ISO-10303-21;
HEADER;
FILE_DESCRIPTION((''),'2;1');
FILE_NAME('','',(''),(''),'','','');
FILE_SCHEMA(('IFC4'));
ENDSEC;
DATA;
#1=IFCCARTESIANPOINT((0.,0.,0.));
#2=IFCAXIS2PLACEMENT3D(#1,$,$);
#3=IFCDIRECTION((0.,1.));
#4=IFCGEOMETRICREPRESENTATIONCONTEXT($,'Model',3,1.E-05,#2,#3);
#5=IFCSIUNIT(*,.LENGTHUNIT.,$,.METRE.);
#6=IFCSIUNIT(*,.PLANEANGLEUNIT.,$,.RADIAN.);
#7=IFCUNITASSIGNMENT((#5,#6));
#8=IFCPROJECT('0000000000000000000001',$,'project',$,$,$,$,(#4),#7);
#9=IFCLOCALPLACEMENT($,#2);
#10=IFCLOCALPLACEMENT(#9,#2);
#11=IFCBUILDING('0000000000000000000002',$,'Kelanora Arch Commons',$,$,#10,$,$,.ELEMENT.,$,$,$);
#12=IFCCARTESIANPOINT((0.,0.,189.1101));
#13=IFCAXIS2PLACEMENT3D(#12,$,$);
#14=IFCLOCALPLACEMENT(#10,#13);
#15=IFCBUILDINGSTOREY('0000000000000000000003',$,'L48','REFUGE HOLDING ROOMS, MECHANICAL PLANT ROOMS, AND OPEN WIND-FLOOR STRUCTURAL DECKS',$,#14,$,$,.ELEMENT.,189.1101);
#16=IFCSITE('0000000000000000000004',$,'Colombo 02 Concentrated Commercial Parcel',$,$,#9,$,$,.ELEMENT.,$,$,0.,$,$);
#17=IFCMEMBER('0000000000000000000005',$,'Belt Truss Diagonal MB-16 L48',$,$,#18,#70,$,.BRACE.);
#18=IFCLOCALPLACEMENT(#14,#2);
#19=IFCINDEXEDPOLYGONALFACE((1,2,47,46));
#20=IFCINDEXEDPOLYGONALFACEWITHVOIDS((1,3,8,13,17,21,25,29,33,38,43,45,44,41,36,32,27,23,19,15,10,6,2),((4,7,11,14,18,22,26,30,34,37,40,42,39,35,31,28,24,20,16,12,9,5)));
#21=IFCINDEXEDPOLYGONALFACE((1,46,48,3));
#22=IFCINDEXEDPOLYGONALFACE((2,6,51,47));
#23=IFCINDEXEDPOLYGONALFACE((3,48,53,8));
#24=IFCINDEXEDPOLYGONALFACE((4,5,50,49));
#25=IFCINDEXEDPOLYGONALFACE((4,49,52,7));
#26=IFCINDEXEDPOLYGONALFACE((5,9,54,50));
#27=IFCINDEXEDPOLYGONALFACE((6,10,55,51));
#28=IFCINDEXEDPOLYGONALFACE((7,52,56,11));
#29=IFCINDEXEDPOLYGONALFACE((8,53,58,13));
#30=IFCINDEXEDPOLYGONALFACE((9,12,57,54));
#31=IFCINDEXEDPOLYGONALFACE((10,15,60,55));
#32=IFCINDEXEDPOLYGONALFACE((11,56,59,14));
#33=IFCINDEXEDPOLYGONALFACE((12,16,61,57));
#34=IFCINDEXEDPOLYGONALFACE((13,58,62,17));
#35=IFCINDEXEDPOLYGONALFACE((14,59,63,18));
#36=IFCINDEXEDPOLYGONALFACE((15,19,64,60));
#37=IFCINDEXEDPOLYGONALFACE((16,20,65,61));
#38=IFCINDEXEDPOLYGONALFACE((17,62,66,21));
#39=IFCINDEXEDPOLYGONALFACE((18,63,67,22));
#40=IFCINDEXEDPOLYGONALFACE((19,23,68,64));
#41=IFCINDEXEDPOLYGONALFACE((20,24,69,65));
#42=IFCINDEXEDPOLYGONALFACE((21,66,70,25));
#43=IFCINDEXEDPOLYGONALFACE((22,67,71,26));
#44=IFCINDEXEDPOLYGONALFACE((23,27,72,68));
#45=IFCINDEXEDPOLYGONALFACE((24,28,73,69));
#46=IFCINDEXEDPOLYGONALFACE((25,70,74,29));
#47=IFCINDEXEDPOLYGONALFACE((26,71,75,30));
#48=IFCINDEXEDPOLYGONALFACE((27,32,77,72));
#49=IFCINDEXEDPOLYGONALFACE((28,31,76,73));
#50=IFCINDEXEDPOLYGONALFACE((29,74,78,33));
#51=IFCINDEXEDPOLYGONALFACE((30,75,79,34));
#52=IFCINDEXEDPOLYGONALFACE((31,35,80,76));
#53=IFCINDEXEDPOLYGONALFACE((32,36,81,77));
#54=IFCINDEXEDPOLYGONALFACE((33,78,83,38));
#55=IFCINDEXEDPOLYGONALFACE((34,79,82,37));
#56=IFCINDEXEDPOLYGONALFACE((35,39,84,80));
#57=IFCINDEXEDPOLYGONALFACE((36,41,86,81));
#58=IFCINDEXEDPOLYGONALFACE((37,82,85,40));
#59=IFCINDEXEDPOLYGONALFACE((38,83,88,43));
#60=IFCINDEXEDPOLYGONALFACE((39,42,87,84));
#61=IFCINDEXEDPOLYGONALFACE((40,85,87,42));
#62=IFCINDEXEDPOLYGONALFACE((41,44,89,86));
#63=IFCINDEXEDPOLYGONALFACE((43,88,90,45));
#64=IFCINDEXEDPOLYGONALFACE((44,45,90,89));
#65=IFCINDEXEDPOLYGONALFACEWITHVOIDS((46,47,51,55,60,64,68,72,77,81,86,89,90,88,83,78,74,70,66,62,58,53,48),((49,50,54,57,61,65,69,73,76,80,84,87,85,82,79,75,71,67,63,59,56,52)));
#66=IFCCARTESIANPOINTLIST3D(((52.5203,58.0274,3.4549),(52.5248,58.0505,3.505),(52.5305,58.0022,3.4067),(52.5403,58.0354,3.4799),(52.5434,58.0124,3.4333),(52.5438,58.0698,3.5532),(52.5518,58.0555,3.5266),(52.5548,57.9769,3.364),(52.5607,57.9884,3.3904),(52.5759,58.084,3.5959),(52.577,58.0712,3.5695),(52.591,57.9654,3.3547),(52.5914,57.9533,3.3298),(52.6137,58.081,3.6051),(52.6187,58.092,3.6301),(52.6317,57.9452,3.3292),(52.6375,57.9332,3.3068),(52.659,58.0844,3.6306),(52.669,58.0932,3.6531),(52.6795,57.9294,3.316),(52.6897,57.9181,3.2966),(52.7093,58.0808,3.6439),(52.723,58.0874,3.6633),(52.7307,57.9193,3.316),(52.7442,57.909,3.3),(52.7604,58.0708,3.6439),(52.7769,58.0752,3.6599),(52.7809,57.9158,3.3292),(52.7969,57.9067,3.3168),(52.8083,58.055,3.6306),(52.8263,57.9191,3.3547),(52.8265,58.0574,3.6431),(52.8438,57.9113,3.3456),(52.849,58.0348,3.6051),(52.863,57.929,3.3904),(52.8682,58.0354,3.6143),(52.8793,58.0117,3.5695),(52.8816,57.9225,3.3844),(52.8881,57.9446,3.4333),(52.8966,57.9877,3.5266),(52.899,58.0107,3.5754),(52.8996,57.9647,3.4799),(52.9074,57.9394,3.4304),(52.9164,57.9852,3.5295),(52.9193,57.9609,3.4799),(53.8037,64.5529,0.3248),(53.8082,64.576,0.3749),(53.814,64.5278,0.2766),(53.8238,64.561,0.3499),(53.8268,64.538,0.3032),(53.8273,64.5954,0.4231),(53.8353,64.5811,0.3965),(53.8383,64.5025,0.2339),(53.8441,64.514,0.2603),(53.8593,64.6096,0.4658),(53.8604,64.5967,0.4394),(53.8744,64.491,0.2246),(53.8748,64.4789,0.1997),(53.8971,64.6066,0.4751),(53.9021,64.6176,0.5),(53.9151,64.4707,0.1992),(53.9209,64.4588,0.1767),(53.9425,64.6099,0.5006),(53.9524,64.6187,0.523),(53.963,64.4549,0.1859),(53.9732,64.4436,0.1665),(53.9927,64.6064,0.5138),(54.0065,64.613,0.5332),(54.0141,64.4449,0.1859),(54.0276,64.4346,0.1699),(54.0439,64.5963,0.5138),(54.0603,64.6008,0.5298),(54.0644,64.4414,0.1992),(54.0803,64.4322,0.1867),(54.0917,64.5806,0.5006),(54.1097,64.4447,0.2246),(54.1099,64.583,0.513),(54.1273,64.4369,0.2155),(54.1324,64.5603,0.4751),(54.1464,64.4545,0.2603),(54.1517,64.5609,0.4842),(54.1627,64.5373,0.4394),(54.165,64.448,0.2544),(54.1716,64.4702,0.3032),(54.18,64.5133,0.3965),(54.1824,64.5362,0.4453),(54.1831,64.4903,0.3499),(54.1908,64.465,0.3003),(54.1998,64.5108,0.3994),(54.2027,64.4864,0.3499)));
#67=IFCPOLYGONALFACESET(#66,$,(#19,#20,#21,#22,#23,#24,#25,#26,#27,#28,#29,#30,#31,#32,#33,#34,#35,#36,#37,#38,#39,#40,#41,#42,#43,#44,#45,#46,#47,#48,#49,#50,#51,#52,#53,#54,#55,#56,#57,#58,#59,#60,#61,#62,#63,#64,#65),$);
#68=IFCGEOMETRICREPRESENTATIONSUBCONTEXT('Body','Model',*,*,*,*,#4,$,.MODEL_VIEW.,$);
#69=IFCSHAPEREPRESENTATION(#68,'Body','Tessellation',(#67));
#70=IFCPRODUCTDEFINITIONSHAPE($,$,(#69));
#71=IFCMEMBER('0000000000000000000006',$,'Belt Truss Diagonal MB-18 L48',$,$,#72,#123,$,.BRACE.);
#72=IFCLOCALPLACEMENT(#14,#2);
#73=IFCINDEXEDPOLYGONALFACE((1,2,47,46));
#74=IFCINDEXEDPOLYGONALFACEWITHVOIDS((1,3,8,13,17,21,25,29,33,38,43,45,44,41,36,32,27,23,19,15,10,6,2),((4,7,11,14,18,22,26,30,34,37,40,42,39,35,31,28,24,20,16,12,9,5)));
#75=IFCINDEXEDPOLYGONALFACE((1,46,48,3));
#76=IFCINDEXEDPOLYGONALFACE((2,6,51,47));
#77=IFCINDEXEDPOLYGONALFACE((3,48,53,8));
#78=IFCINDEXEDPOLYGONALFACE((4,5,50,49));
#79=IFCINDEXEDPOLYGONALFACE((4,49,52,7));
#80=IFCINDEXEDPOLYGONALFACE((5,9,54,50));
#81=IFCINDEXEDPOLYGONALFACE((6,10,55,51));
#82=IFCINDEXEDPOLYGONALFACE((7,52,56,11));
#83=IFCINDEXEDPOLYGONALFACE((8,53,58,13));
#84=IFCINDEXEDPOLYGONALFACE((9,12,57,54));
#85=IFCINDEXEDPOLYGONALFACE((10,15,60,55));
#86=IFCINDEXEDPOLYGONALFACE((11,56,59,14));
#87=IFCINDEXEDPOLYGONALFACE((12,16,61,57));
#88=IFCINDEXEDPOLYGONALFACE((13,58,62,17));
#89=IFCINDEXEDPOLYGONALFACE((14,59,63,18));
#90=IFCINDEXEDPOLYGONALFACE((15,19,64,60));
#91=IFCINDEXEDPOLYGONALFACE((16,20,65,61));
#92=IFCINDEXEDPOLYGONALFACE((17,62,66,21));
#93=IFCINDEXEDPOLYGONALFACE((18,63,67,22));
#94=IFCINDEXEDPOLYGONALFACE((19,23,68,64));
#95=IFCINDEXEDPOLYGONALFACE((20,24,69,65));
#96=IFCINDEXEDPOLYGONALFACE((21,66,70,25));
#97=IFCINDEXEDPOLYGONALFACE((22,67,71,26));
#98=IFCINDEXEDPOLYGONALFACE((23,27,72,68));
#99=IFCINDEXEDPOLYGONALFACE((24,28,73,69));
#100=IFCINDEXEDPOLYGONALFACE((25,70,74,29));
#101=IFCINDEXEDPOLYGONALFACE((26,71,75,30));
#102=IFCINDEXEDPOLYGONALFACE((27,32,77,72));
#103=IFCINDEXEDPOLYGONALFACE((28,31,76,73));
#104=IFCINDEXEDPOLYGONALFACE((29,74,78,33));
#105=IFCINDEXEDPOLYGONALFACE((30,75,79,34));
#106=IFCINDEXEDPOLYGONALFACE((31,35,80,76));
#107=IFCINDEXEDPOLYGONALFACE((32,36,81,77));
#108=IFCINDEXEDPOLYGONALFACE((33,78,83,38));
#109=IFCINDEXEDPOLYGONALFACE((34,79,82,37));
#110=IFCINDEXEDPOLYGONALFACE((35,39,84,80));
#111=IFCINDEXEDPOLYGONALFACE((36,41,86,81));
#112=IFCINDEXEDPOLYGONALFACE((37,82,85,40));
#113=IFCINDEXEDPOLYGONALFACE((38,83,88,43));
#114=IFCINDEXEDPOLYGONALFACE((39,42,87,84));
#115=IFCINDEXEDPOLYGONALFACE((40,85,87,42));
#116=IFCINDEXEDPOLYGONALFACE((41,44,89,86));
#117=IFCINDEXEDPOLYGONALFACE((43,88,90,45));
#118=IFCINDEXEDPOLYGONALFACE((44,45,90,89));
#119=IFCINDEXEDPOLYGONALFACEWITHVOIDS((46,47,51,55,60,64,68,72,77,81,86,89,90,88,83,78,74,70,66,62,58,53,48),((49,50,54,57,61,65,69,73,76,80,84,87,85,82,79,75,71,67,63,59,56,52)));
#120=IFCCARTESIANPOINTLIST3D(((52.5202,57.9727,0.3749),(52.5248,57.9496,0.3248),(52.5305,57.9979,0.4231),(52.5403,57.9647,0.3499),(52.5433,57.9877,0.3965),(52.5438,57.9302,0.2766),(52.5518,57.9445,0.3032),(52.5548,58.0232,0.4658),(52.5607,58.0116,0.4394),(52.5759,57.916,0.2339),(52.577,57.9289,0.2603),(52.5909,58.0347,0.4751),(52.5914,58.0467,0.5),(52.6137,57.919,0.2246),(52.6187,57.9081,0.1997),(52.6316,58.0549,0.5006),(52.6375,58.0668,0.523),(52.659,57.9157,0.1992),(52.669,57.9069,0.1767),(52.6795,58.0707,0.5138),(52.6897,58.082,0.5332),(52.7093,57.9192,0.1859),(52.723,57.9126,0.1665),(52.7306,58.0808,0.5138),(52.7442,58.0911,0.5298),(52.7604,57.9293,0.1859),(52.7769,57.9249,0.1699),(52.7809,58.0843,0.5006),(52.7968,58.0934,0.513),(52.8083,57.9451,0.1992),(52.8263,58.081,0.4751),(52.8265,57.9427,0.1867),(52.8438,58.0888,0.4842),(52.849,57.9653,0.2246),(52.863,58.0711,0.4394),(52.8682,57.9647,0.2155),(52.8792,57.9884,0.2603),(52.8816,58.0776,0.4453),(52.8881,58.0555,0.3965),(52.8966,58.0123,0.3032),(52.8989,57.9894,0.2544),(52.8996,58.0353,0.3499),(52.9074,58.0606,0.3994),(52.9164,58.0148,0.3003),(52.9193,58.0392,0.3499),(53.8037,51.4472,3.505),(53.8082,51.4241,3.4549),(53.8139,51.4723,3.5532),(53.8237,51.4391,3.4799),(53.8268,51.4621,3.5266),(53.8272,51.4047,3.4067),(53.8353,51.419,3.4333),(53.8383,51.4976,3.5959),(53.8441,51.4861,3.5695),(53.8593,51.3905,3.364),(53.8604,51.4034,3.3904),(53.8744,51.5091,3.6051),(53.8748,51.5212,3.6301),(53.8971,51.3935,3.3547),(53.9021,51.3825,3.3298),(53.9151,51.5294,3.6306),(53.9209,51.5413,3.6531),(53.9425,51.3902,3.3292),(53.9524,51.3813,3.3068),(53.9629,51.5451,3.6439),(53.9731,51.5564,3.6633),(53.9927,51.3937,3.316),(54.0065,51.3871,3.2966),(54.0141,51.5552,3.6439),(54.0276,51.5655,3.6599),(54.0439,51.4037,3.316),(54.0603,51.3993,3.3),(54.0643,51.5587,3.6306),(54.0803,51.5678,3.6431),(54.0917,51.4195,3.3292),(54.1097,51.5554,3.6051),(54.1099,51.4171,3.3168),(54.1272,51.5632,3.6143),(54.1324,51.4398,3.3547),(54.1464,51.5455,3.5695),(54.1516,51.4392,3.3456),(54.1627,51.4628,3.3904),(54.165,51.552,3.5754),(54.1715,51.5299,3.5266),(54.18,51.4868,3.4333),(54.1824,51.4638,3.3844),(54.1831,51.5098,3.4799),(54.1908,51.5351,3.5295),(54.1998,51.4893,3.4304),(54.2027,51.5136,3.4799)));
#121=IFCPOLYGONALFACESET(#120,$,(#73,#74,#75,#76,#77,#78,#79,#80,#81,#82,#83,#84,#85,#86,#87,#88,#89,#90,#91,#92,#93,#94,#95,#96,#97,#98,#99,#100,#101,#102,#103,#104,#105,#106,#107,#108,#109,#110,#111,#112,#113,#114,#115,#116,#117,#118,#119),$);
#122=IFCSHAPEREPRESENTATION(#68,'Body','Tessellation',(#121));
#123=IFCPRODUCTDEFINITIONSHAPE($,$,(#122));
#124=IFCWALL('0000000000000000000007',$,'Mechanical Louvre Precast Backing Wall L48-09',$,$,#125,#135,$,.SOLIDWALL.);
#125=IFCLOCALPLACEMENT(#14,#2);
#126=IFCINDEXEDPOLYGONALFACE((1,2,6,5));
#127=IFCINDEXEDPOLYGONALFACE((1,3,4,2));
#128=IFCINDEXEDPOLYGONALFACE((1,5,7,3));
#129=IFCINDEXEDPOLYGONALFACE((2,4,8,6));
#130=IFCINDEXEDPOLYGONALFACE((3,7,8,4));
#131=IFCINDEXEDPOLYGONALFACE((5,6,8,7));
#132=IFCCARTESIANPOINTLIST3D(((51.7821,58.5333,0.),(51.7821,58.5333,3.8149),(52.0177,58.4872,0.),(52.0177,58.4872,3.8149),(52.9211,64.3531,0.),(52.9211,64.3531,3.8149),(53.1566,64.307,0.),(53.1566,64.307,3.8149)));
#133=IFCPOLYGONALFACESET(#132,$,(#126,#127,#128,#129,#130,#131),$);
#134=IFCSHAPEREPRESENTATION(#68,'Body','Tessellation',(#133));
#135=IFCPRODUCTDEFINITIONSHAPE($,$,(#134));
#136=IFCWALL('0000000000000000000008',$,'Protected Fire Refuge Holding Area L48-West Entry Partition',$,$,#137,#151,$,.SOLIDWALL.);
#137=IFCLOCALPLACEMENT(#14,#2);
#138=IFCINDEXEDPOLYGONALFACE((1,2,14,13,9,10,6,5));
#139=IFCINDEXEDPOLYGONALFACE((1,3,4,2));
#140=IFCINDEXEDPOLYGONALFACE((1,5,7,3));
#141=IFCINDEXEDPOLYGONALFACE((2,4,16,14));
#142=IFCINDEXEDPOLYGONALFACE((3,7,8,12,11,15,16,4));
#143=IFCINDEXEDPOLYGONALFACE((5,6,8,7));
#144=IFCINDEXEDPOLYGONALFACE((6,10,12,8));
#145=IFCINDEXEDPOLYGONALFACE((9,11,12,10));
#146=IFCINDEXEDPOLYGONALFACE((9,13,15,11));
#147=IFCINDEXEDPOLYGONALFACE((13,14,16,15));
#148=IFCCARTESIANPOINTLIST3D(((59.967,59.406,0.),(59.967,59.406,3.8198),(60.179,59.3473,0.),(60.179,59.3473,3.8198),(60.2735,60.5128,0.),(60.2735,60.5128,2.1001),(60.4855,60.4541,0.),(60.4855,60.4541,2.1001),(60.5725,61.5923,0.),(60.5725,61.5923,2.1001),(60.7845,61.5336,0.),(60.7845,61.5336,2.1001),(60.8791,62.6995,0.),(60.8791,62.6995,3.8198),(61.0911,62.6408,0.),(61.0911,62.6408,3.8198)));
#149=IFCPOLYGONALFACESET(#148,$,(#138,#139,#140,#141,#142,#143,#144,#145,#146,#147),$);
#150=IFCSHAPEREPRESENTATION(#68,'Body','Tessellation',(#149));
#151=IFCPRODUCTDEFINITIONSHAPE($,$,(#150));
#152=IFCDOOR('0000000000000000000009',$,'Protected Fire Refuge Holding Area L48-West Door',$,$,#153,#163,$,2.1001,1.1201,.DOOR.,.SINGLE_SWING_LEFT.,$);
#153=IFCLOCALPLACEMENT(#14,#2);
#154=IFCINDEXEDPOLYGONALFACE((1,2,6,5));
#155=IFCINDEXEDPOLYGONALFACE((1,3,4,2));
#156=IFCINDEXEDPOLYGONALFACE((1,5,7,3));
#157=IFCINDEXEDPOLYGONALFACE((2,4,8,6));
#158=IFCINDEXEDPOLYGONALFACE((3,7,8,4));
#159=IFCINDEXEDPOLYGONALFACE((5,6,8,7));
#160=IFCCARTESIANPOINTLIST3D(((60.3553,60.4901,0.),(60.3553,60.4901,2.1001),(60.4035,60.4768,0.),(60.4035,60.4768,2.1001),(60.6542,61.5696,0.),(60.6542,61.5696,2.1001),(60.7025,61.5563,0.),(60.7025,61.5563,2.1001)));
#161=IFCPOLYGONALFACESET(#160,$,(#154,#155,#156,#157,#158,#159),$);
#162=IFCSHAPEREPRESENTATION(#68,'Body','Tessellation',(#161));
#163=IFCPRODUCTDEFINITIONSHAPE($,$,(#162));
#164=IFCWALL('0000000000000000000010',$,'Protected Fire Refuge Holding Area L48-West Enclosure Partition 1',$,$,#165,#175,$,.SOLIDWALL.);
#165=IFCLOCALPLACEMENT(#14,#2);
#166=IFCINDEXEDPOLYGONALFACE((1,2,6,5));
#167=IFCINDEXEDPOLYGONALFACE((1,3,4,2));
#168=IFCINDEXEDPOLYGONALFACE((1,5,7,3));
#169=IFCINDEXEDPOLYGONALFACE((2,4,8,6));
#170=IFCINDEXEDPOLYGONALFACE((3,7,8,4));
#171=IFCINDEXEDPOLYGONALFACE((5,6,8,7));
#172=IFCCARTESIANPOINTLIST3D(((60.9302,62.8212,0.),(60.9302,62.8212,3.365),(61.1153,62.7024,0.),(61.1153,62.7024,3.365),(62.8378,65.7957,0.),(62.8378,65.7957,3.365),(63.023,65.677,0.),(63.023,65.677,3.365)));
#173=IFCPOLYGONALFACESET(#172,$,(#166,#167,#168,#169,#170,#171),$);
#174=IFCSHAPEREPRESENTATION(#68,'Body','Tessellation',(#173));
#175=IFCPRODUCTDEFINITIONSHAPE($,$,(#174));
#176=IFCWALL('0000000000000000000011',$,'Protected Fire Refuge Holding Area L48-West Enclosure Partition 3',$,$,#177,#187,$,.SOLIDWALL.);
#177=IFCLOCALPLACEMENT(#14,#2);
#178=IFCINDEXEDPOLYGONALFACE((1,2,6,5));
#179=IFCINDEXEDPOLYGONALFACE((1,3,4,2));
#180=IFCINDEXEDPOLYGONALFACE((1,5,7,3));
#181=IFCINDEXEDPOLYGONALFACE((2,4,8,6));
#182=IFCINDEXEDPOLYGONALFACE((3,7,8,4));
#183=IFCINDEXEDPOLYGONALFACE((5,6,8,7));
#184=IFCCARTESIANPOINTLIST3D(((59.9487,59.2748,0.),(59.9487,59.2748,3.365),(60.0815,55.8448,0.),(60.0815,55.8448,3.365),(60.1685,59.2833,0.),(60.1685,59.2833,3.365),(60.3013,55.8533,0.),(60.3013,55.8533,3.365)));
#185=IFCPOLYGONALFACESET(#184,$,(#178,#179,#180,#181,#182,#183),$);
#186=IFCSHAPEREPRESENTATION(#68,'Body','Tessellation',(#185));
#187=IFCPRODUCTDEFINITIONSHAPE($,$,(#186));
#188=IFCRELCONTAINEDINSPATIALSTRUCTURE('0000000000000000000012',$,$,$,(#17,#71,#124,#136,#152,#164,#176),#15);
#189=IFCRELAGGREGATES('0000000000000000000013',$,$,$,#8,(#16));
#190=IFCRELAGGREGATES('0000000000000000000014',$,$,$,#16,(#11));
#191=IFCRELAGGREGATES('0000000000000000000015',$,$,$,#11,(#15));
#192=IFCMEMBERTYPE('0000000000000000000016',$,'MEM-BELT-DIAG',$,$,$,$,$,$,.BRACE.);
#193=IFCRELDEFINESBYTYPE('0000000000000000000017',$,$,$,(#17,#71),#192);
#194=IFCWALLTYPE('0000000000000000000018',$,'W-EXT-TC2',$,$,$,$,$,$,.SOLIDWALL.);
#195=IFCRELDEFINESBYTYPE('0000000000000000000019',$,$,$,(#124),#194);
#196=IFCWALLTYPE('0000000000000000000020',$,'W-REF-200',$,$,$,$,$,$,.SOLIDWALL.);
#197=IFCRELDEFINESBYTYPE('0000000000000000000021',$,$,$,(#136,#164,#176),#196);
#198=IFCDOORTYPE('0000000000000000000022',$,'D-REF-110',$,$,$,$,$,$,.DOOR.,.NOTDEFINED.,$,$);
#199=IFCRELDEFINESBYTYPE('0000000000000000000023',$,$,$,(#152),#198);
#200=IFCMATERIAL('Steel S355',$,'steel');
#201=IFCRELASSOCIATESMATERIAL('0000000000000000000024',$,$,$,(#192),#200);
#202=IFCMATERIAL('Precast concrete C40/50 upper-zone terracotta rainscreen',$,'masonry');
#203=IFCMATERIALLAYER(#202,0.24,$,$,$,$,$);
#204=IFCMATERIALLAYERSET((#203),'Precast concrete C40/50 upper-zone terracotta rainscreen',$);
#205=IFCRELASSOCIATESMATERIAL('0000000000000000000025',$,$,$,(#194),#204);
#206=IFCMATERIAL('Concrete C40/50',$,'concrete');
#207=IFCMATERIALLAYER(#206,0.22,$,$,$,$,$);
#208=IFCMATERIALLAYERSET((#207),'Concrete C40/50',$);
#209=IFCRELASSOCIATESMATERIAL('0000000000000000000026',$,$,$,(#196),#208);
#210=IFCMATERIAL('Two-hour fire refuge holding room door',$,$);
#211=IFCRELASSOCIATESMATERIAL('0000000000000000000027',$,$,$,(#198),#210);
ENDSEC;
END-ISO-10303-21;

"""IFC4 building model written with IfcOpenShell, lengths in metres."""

from ifc_helpers import new_model, si_unit, direction, frame, frame_2d, origin, origin_2d, place, context, subcontext, project, spatial, rectangle, hollow_circle, extrude, material, layer, layer_set, material_profile, profile_set, type_object, element, fill, save


model = new_model("IFC4")

# Units and contexts
model_context = context("Model", 3, precision=1e-05, world=origin(), true_north=direction((0.0, 1.0)))
body_context = subcontext(model_context, "Body", "Model", "MODEL_VIEW")
ifc_project = project(units=[si_unit("LENGTHUNIT", "METRE"), si_unit("PLANEANGLEUNIT", "RADIAN")], contexts=[model_context])

# Site, building, storey
site_placement = place(None, origin())
site = spatial("IfcSite", under=ifc_project, at=site_placement, Name="Colombo 02 Concentrated Commercial Parcel", CompositionType="ELEMENT", RefElevation=0.0)
building_placement = place(site_placement, origin())
building = spatial("IfcBuilding", under=site, at=building_placement, Name="Kelanora Arch Commons", CompositionType="ELEMENT")
storey_placement = place(building_placement, frame((0.0, 0.0, 189.1101)))
storey = spatial("IfcBuildingStorey", under=building, at=storey_placement, Name="L48", Description="REFUGE HOLDING ROOMS, MECHANICAL PLANT ROOMS, AND OPEN WIND-FLOOR STRUCTURAL DECKS", CompositionType="ELEMENT", Elevation=189.1101)

# Shared definitions
ifc_material_1 = material(Name="Steel S355", Category="steel")

# Members
ifc_material_profile_1 = material_profile(ifc_material_1, hollow_circle(Radius=0.2031, WallThickness=0.02, at=origin_2d()), Name="CHS406.4x20")
ifc_profile_set_1 = profile_set([ifc_material_profile_1], Name="Steel S355")
member_type = type_object("IfcMemberType", Name="MEM-BELT-DIAG", PredefinedType="BRACE", material=ifc_profile_set_1)
for number, where, z_axis, x_axis, name in (
    (1, (54.0034, 64.5256, 0.3499), (-0.174608, -0.887789, 0.425843), (0.981203, -0.192981, 0.0), "Belt Truss Diagonal MB-16 L48"),
    (2, (52.72, 58.0, 0.3499), (0.174608, -0.887789, 0.425843), (0.981203, 0.192981, 0.0), "Belt Truss Diagonal MB-18 L48"),
):
    element("IfcMember", number, at=place(storey_placement, frame(where, z_axis=z_axis, x_axis=x_axis)), inside=storey, type_object=member_type, Name=name, PredefinedType="BRACE", context=body_context, shape_type="SweptSolid", body=[
        extrude(hollow_circle(Radius=0.2031, WallThickness=0.02, at=origin_2d()), origin(), (0.0, 0.0, 1.0), 7.3503),
    ])

# Wall
ifc_material_2 = material(Name="Precast concrete C40/50 upper-zone terracotta rainscreen", Category="masonry")
ifc_layer_1 = layer(ifc_material_2, 0.24)
ifc_layer_set_1 = layer_set([ifc_layer_1], Name="Precast concrete C40/50 upper-zone terracotta rainscreen")
wall_type_1 = type_object("IfcWallType", Name="W-EXT-TC2", PredefinedType="SOLIDWALL", material=ifc_layer_set_1)
wall_1_placement = place(storey_placement, frame((53.0388, 64.3301, 0.0), z_axis=(0.0, 0.0, 1.0), x_axis=(-0.192053, -0.981385, 0.0)))
element("IfcWall", 3, at=wall_1_placement, inside=storey, type_object=wall_type_1, Name="Mechanical Louvre Precast Backing Wall L48-09", PredefinedType="SOLIDWALL", context=body_context, shape_type="SweptSolid", body=[
    extrude(rectangle(XDim=5.9302, YDim=0.24, at=frame_2d((2.9651, 0.0))), origin(), (0.0, 0.0, 1.0), 3.8149),
])

# Wall, opening, door
ifc_material_3 = material(Name="Concrete C40/50", Category="concrete")
ifc_layer_2 = layer(ifc_material_3, 0.22)
ifc_layer_set_2 = layer_set([ifc_layer_2], Name="Concrete C40/50")
wall_type_2 = type_object("IfcWallType", Name="W-REF-200", PredefinedType="SOLIDWALL", material=ifc_layer_set_2)
wall_2_placement = place(storey_placement, frame((60.9851, 62.6702, 0.0), z_axis=(0.0, 0.0, 1.0), x_axis=(-0.266899, -0.963724, 0.0)))
wall_2 = element("IfcWall", 4, at=wall_2_placement, inside=storey, type_object=wall_type_2, Name="Protected Fire Refuge Holding Area L48-West Entry Partition", PredefinedType="SOLIDWALL", context=body_context, shape_type="SweptSolid", body=[
    extrude(rectangle(XDim=3.4175, YDim=0.22, at=frame_2d((1.7087, 0.0))), origin(), (0.0, 0.0, 1.0), 3.8198),
])
opening_placement = place(wall_2_placement, frame((1.1489, 0.0, 0.0)))
opening = element("IfcOpeningElement", 5, at=opening_placement, cuts=wall_2, PredefinedType="OPENING", context=body_context, shape_type="SweptSolid", body=[
    extrude(rectangle(XDim=1.1201, YDim=2.1001, at=frame_2d((0.5601, 1.05))), frame((0.0, 0.1201, 0.0), z_axis=(0.0, -1.0, 0.0), x_axis=(1.0, 0.0, 0.0)), (0.0, 0.0, 1.0), 0.24),
])
ifc_material_4 = material(Name="Two-hour fire refuge holding room door")
door_type = type_object("IfcDoorType", Name="D-REF-110", OperationType="NOTDEFINED", PredefinedType="DOOR", material=ifc_material_4)
door_placement = place(opening_placement, origin())
door = element("IfcDoor", 6, at=door_placement, inside=storey, type_object=door_type, Name="Protected Fire Refuge Holding Area L48-West Door", OperationType="SINGLE_SWING_LEFT", OverallHeight=2.1001, OverallWidth=1.1201, PredefinedType="DOOR", context=body_context, shape_type="SweptSolid", body=[
    extrude(rectangle(XDim=1.1201, YDim=2.1001, at=frame_2d((0.5601, 1.05))), frame((0.0, 0.0249, 0.0), z_axis=(0.0, -1.0, 0.0), x_axis=(1.0, 0.0, 0.0)), (0.0, 0.0, 1.0), 0.05),
])
fill(opening, door)

# Walls
wall_3_placement = place(storey_placement, frame((62.9304, 65.7363, 0.0), z_axis=(0.0, 0.0, 1.0), x_axis=(-0.539849, -0.841762, 0.0)))
element("IfcWall", 7, at=wall_3_placement, inside=storey, type_object=wall_type_2, Name="Protected Fire Refuge Holding Area L48-West Enclosure Partition 1", PredefinedType="SOLIDWALL", context=body_context, shape_type="SweptSolid", body=[
    extrude(rectangle(XDim=3.5337, YDim=0.22, at=frame_2d((1.7668, 0.0))), origin(), (0.0, 0.0, 1.0), 3.365),
])
wall_4_placement = place(storey_placement, frame((60.0586, 59.2791, 0.0), z_axis=(0.0, 0.0, 1.0), x_axis=(0.038693, -0.999251, 0.0)))
element("IfcWall", 8, at=wall_4_placement, inside=storey, type_object=wall_type_2, Name="Protected Fire Refuge Holding Area L48-West Enclosure Partition 3", PredefinedType="SOLIDWALL", context=body_context, shape_type="SweptSolid", body=[
    extrude(rectangle(XDim=3.4326, YDim=0.22, at=frame_2d((1.7163, 0.0))), origin(), (0.0, 0.0, 1.0), 3.365),
])

save(model, "model.ifc")
